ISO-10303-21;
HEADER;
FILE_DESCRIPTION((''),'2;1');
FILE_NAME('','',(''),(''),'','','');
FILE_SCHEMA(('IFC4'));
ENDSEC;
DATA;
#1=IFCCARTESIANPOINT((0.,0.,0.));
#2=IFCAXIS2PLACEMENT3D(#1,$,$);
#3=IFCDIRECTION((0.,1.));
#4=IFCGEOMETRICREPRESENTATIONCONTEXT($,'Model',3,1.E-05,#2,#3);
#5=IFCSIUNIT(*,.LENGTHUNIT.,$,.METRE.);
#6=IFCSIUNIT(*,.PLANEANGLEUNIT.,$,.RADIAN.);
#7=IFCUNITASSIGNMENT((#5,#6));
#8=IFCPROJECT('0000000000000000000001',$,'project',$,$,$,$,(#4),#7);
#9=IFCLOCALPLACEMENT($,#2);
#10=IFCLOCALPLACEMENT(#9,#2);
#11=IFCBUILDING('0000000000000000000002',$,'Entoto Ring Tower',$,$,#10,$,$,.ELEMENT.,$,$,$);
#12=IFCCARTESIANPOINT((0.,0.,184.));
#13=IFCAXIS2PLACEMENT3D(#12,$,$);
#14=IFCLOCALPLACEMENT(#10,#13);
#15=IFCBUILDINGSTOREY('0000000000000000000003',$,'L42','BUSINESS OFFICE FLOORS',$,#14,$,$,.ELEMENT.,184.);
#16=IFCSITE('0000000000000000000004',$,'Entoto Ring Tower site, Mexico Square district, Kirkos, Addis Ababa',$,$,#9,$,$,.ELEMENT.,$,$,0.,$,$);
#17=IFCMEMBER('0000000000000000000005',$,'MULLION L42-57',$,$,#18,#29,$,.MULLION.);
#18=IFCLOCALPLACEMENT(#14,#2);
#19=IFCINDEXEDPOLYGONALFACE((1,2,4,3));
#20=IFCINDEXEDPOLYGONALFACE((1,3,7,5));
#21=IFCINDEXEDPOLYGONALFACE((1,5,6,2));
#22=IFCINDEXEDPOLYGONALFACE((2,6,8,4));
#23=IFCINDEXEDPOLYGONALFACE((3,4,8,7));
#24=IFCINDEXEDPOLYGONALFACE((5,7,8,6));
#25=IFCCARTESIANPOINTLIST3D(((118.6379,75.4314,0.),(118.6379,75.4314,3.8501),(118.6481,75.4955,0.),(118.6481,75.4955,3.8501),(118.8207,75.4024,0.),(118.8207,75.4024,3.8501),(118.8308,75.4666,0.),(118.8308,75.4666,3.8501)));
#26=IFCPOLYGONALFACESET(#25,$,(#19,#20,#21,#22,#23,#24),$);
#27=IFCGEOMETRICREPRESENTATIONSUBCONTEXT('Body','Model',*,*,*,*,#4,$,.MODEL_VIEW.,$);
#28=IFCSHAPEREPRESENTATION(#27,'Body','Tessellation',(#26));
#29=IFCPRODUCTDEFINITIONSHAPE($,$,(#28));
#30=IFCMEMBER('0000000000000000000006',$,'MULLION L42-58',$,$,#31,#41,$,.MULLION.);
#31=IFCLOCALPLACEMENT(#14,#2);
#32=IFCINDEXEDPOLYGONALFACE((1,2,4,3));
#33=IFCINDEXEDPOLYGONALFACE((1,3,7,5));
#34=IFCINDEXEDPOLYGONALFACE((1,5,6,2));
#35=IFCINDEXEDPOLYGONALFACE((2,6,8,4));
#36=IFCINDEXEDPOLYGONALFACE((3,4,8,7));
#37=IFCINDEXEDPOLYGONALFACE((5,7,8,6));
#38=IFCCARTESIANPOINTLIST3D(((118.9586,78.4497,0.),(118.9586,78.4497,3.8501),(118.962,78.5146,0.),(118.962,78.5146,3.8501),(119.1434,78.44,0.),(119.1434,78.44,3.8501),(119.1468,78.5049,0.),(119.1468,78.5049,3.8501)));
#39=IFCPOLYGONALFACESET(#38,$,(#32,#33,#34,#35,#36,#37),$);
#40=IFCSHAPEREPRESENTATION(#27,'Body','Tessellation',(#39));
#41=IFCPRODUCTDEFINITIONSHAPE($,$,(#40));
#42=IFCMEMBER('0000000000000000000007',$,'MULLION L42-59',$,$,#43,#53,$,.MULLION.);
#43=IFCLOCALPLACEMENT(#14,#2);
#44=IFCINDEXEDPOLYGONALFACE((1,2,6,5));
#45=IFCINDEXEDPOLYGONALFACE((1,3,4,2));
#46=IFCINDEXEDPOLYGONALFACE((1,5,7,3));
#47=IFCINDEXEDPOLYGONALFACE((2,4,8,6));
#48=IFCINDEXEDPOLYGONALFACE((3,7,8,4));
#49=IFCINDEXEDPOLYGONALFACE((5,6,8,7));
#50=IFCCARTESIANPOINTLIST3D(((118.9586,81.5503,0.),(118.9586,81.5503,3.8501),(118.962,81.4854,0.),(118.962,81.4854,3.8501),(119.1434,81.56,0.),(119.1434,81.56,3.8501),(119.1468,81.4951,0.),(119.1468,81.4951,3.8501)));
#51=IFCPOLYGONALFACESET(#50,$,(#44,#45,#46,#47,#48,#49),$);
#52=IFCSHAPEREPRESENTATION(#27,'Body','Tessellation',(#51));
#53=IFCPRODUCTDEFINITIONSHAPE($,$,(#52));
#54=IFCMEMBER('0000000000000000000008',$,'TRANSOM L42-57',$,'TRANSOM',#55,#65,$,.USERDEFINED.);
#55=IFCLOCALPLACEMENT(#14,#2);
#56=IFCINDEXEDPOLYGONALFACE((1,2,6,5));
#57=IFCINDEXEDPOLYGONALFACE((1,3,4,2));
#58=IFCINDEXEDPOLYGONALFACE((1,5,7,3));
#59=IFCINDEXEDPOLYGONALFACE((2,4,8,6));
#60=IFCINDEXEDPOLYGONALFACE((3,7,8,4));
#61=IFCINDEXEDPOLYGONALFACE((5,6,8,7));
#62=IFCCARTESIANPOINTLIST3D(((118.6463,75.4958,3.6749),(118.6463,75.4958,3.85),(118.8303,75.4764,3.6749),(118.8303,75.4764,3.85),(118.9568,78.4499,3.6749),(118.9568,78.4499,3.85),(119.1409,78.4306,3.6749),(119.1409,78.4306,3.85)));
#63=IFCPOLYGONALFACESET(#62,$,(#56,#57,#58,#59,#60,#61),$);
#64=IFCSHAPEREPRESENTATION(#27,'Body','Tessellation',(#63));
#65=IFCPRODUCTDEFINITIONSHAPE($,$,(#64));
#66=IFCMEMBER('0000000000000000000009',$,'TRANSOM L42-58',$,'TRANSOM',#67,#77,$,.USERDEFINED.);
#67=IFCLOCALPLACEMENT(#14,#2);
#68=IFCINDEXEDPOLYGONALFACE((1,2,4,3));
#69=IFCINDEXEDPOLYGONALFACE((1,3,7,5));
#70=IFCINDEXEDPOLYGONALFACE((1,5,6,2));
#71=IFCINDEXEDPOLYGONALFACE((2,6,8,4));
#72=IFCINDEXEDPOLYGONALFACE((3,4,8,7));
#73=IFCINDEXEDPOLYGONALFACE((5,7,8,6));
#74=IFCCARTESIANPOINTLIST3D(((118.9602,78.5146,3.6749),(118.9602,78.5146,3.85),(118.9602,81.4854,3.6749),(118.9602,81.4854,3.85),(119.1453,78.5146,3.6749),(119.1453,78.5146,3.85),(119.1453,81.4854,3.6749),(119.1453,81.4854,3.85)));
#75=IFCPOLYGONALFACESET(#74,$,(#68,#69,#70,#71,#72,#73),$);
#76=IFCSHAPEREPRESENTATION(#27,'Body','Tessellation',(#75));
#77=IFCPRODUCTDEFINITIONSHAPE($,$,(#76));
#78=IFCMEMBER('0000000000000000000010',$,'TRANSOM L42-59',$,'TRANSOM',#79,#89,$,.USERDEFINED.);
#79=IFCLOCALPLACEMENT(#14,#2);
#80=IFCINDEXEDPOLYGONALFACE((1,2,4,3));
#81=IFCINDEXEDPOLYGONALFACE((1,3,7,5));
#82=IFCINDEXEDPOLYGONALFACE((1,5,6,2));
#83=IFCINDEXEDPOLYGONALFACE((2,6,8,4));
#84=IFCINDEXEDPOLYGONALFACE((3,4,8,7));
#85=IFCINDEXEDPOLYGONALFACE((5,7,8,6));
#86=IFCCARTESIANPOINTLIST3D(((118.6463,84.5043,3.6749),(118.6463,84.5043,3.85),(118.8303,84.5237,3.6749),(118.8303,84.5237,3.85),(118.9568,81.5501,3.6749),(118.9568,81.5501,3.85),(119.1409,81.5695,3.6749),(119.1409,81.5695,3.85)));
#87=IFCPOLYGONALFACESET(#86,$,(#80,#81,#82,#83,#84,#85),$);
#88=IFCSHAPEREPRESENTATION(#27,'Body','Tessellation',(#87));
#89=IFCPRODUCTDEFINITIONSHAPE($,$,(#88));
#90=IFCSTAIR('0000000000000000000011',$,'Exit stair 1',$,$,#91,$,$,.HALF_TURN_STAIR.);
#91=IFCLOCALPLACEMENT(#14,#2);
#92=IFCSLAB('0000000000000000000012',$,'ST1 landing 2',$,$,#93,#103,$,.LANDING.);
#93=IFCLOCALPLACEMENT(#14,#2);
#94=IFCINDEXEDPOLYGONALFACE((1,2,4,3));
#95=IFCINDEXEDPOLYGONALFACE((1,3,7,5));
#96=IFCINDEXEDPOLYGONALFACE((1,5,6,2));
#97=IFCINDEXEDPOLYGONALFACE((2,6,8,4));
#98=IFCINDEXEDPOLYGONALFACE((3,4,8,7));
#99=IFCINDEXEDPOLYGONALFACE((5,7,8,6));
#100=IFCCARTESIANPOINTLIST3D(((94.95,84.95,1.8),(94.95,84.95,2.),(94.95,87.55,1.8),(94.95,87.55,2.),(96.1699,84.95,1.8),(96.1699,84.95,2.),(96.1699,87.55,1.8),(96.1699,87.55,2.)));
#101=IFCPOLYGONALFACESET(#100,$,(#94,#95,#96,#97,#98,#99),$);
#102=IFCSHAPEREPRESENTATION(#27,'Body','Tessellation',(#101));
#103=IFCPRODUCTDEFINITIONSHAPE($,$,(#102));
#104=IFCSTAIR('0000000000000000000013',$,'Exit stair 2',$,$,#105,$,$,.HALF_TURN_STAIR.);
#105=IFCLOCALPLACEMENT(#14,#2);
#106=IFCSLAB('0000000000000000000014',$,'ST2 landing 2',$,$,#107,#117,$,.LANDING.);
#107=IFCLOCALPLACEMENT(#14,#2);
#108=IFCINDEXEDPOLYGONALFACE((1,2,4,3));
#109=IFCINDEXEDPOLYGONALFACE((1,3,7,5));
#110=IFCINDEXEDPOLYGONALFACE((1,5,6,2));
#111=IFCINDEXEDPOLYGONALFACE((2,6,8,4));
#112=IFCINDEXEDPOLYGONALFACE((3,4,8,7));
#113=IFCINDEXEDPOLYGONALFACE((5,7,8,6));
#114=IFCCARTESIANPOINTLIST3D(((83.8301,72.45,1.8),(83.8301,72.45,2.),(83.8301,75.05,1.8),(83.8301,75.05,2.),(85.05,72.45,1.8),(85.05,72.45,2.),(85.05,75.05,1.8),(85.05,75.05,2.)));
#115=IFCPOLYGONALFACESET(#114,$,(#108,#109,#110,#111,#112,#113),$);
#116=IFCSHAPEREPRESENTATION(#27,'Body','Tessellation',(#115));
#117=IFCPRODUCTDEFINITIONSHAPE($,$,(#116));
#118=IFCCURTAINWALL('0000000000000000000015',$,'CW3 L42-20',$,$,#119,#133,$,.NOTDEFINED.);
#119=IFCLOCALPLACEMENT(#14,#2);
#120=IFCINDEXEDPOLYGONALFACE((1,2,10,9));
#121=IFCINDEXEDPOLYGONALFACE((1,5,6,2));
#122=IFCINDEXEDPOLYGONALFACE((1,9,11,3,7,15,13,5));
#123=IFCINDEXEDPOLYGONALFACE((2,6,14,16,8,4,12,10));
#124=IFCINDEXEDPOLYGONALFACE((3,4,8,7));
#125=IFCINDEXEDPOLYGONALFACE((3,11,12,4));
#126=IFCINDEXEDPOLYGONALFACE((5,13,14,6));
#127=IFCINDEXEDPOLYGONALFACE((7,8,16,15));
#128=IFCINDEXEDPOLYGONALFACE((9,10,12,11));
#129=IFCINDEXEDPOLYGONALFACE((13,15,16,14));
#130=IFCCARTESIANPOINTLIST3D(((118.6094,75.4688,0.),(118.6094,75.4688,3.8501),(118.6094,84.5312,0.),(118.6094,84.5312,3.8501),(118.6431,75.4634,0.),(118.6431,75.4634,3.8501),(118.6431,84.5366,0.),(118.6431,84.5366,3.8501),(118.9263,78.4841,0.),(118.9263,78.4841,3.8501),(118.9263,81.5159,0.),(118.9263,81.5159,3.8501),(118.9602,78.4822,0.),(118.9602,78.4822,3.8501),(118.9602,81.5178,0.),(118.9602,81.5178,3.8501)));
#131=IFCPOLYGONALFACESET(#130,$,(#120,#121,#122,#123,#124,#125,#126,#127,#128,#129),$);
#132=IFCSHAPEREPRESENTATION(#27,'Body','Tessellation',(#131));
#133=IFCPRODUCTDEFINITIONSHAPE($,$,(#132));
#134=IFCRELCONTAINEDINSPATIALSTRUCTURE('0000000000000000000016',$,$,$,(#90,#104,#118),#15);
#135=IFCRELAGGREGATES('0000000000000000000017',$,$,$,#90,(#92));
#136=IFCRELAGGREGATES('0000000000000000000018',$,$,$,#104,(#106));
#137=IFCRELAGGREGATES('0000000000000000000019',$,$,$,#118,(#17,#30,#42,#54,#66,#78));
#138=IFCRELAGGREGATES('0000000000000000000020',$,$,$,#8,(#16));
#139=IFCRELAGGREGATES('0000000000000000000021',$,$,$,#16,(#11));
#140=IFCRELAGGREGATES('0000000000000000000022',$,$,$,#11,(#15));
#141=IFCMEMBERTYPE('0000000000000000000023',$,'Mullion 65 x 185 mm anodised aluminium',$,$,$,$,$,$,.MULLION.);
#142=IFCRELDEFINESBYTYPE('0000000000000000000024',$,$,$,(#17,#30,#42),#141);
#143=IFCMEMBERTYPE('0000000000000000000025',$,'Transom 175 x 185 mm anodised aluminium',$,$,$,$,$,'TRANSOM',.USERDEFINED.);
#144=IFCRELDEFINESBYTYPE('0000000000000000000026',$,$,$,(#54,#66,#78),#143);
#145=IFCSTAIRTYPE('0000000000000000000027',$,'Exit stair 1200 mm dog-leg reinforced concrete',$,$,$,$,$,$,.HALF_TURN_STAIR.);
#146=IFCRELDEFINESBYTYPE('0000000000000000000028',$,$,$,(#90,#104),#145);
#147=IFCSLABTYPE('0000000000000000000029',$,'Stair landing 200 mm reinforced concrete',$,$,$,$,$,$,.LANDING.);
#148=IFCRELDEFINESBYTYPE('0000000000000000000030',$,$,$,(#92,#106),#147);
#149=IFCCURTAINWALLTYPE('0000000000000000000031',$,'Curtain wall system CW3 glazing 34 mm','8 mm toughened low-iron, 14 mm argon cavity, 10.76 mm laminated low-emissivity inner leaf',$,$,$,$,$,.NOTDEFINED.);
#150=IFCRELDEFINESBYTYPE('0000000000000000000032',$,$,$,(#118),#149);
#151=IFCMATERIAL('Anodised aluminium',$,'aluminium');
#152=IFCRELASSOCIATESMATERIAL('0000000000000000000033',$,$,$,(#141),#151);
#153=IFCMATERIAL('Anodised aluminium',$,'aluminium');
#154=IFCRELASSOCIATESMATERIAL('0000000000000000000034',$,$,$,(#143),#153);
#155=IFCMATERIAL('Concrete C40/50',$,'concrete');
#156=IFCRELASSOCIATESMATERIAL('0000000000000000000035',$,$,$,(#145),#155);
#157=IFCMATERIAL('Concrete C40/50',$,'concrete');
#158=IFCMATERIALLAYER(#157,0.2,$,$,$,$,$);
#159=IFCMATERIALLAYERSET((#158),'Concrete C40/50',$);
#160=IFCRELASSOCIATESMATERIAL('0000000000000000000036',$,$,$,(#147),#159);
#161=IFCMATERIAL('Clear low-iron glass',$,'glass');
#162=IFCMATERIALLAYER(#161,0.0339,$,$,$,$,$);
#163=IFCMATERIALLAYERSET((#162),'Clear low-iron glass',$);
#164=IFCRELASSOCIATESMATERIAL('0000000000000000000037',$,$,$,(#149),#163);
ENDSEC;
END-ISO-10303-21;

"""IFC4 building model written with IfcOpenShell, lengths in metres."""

from ifc_helpers import new_model, si_unit, direction, frame, origin, origin_2d, place, context, subcontext, project, spatial, polyline, rectangle, outline, extrude, material, layer, layer_set, material_profile, profile_set, type_object, element, aggregate, save


model = new_model("IFC4")

# Units and contexts
model_context = context("Model", 3, precision=1e-05, world=origin(), true_north=direction((0.0, 1.0)))
body_context = subcontext(model_context, "Body", "Model", "MODEL_VIEW")
ifc_project = project(units=[si_unit("LENGTHUNIT", "METRE"), si_unit("PLANEANGLEUNIT", "RADIAN")], contexts=[model_context])

# Members
ifc_material_1 = material(Name="Anodised aluminium", Category="aluminium")
ifc_material_profile_1 = material_profile(ifc_material_1, rectangle(XDim=0.0649, YDim=0.1851, at=origin_2d()), Name="Mullion 65 x 185 mm anodised aluminium")
ifc_profile_set_1 = profile_set([ifc_material_profile_1], Name="Anodised aluminium")
member_type_1 = type_object("IfcMemberType", Name="Mullion 65 x 185 mm anodised aluminium", PredefinedType="MULLION", material=ifc_profile_set_1)
site_placement = place(None, origin())
building_placement = place(site_placement, origin())
storey_placement = place(building_placement, frame((0.0, 0.0, 184.0)))
member_1_placement = place(storey_placement, frame((118.7344, 75.449, 0.0), z_axis=(0.0, 0.0, 1.0), x_axis=(0.156434, 0.987688, 0.0)))
member_1 = element("IfcMember", 1, at=member_1_placement, type_object=member_type_1, Name="MULLION L42-57", PredefinedType="MULLION", context=body_context, shape_type="SweptSolid", body=[
    extrude(rectangle(XDim=0.0649, YDim=0.1851, at=origin_2d()), origin(), (0.0, 0.0, 1.0), 3.8501),
])
member_2_placement = place(storey_placement, frame((119.0527, 78.4773, 0.0), z_axis=(0.0, 0.0, 1.0), x_axis=(0.052336, 0.99863, 0.0)))
member_2 = element("IfcMember", 2, at=member_2_placement, type_object=member_type_1, Name="MULLION L42-58", PredefinedType="MULLION", context=body_context, shape_type="SweptSolid", body=[
    extrude(rectangle(XDim=0.0649, YDim=0.1851, at=origin_2d()), origin(), (0.0, 0.0, 1.0), 3.8501),
])
member_3_placement = place(storey_placement, frame((119.0527, 81.5227, 0.0), z_axis=(0.0, 0.0, 1.0), x_axis=(-0.052336, 0.99863, 0.0)))
member_3 = element("IfcMember", 3, at=member_3_placement, type_object=member_type_1, Name="MULLION L42-59", PredefinedType="MULLION", context=body_context, shape_type="SweptSolid", body=[
    extrude(rectangle(XDim=0.0649, YDim=0.1851, at=origin_2d()), origin(), (0.0, 0.0, 1.0), 3.8501),
])
ifc_material_2 = material(Name="Anodised aluminium", Category="aluminium")
ifc_material_profile_2 = material_profile(ifc_material_2, rectangle(XDim=0.1851, YDim=0.175, at=origin_2d()), Name="Transom 175 x 185 mm anodised aluminium")
ifc_profile_set_2 = profile_set([ifc_material_profile_2], Name="Anodised aluminium")
member_type_2 = type_object("IfcMemberType", Name="Transom 175 x 185 mm anodised aluminium", ElementType="TRANSOM", PredefinedType="USERDEFINED", material=ifc_profile_set_2)
member_4_placement = place(storey_placement, frame((118.7383, 75.4861, 3.7625), z_axis=(0.104548, 0.99452, 0.0), x_axis=(-0.99452, 0.104548, 0.0)))
member_4 = element("IfcMember", 4, at=member_4_placement, type_object=member_type_2, Name="TRANSOM L42-57", ObjectType="TRANSOM", PredefinedType="USERDEFINED", context=body_context, shape_type="SweptSolid", body=[
    extrude(rectangle(XDim=0.1851, YDim=0.175, at=origin_2d()), origin(), (0.0, 0.0, 1.0), 2.9705),
])
member_5_placement = place(storey_placement, frame((119.0527, 78.5146, 3.7625), z_axis=(0.0, 1.0, 0.0), x_axis=(-1.0, 0.0, 0.0)))
member_5 = element("IfcMember", 5, at=member_5_placement, type_object=member_type_2, Name="TRANSOM L42-58", ObjectType="TRANSOM", PredefinedType="USERDEFINED", context=body_context, shape_type="SweptSolid", body=[
    extrude(rectangle(XDim=0.1851, YDim=0.175, at=origin_2d()), origin(), (0.0, 0.0, 1.0), 2.9707),
])
member_6_placement = place(storey_placement, frame((119.0488, 81.5598, 3.7625), z_axis=(-0.104548, 0.99452, 0.0), x_axis=(-0.99452, -0.104548, 0.0)))
member_6 = element("IfcMember", 6, at=member_6_placement, type_object=member_type_2, Name="TRANSOM L42-59", ObjectType="TRANSOM", PredefinedType="USERDEFINED", context=body_context, shape_type="SweptSolid", body=[
    extrude(rectangle(XDim=0.1851, YDim=0.175, at=origin_2d()), origin(), (0.0, 0.0, 1.0), 2.9705),
])

# Site, building, storey
site = spatial("IfcSite", under=ifc_project, at=site_placement, Name="Entoto Ring Tower site, Mexico Square district, Kirkos, Addis Ababa", CompositionType="ELEMENT", RefElevation=0.0)
building = spatial("IfcBuilding", under=site, at=building_placement, Name="Entoto Ring Tower", CompositionType="ELEMENT")
storey = spatial("IfcBuildingStorey", under=building, at=storey_placement, Name="L42", Description="BUSINESS OFFICE FLOORS", CompositionType="ELEMENT", Elevation=184.0)

# Stairs, slabs
ifc_material_3 = material(Name="Concrete C40/50", Category="concrete")
stair_type = type_object("IfcStairType", Name="Exit stair 1200 mm dog-leg reinforced concrete", PredefinedType="HALF_TURN_STAIR", material=ifc_material_3)
stair_1_placement = place(storey_placement, origin())
stair_1 = element("IfcStair", 7, at=stair_1_placement, inside=storey, type_object=stair_type, Name="Exit stair 1", PredefinedType="HALF_TURN_STAIR")
ifc_material_4 = material(Name="Concrete C40/50", Category="concrete")
ifc_layer_1 = layer(ifc_material_4, 0.2)
ifc_layer_set_1 = layer_set([ifc_layer_1], Name="Concrete C40/50")
slab_type = type_object("IfcSlabType", Name="Stair landing 200 mm reinforced concrete", PredefinedType="LANDING", material=ifc_layer_set_1)
slab_1_placement = place(storey_placement, frame((0.0, 0.0, 1.8)))
slab_1 = element("IfcSlab", 8, at=slab_1_placement, type_object=slab_type, Name="ST1 landing 2", PredefinedType="LANDING", context=body_context, shape_type="SweptSolid", body=[
    extrude(outline(polyline([(94.95, 84.95), (96.1699, 84.95), (96.1699, 87.55), (94.95, 87.55), (94.95, 84.95)])), origin(), (0.0, 0.0, 1.0), 0.2),
])
aggregate(stair_1, [slab_1])
stair_2_placement = place(storey_placement, origin())
stair_2 = element("IfcStair", 9, at=stair_2_placement, inside=storey, type_object=stair_type, Name="Exit stair 2", PredefinedType="HALF_TURN_STAIR")
slab_2_placement = place(storey_placement, frame((0.0, 0.0, 1.8)))
slab_2 = element("IfcSlab", 10, at=slab_2_placement, type_object=slab_type, Name="ST2 landing 2", PredefinedType="LANDING", context=body_context, shape_type="SweptSolid", body=[
    extrude(outline(polyline([(83.8301, 72.45), (85.05, 72.45), (85.05, 75.05), (83.8301, 75.05), (83.8301, 72.45)])), origin(), (0.0, 0.0, 1.0), 0.2),
])
aggregate(stair_2, [slab_2])

# Curtain wall
ifc_material_5 = material(Name="Clear low-iron glass", Category="glass")
ifc_layer_2 = layer(ifc_material_5, 0.0339)
ifc_layer_set_2 = layer_set([ifc_layer_2], Name="Clear low-iron glass")
curtain_wall_type = type_object("IfcCurtainWallType", Name="Curtain wall system CW3 glazing 34 mm", Description="8 mm toughened low-iron, 14 mm argon cavity, 10.76 mm laminated low-emissivity inner leaf", PredefinedType="NOTDEFINED", material=ifc_layer_set_2)
curtain_wall_1_placement = place(storey_placement, origin())
curtain_wall_1 = element("IfcCurtainWall", 11, at=curtain_wall_1_placement, inside=storey, type_object=curtain_wall_type, Name="CW3 L42-20", PredefinedType="NOTDEFINED", context=body_context, shape_type="SweptSolid", body=[
    extrude(outline(polyline([(118.6431, 75.4634), (118.9602, 78.4822), (118.9602, 81.5178), (118.6431, 84.5366), (118.6094, 84.5312), (118.9263, 81.5159), (118.9263, 78.4841), (118.6094, 75.4688), (118.6431, 75.4634)])), origin(), (0.0, 0.0, 1.0), 3.8501),
])
aggregate(curtain_wall_1, [member_1, member_2, member_3, member_4, member_5, member_6])

save(model, "model.ifc")
